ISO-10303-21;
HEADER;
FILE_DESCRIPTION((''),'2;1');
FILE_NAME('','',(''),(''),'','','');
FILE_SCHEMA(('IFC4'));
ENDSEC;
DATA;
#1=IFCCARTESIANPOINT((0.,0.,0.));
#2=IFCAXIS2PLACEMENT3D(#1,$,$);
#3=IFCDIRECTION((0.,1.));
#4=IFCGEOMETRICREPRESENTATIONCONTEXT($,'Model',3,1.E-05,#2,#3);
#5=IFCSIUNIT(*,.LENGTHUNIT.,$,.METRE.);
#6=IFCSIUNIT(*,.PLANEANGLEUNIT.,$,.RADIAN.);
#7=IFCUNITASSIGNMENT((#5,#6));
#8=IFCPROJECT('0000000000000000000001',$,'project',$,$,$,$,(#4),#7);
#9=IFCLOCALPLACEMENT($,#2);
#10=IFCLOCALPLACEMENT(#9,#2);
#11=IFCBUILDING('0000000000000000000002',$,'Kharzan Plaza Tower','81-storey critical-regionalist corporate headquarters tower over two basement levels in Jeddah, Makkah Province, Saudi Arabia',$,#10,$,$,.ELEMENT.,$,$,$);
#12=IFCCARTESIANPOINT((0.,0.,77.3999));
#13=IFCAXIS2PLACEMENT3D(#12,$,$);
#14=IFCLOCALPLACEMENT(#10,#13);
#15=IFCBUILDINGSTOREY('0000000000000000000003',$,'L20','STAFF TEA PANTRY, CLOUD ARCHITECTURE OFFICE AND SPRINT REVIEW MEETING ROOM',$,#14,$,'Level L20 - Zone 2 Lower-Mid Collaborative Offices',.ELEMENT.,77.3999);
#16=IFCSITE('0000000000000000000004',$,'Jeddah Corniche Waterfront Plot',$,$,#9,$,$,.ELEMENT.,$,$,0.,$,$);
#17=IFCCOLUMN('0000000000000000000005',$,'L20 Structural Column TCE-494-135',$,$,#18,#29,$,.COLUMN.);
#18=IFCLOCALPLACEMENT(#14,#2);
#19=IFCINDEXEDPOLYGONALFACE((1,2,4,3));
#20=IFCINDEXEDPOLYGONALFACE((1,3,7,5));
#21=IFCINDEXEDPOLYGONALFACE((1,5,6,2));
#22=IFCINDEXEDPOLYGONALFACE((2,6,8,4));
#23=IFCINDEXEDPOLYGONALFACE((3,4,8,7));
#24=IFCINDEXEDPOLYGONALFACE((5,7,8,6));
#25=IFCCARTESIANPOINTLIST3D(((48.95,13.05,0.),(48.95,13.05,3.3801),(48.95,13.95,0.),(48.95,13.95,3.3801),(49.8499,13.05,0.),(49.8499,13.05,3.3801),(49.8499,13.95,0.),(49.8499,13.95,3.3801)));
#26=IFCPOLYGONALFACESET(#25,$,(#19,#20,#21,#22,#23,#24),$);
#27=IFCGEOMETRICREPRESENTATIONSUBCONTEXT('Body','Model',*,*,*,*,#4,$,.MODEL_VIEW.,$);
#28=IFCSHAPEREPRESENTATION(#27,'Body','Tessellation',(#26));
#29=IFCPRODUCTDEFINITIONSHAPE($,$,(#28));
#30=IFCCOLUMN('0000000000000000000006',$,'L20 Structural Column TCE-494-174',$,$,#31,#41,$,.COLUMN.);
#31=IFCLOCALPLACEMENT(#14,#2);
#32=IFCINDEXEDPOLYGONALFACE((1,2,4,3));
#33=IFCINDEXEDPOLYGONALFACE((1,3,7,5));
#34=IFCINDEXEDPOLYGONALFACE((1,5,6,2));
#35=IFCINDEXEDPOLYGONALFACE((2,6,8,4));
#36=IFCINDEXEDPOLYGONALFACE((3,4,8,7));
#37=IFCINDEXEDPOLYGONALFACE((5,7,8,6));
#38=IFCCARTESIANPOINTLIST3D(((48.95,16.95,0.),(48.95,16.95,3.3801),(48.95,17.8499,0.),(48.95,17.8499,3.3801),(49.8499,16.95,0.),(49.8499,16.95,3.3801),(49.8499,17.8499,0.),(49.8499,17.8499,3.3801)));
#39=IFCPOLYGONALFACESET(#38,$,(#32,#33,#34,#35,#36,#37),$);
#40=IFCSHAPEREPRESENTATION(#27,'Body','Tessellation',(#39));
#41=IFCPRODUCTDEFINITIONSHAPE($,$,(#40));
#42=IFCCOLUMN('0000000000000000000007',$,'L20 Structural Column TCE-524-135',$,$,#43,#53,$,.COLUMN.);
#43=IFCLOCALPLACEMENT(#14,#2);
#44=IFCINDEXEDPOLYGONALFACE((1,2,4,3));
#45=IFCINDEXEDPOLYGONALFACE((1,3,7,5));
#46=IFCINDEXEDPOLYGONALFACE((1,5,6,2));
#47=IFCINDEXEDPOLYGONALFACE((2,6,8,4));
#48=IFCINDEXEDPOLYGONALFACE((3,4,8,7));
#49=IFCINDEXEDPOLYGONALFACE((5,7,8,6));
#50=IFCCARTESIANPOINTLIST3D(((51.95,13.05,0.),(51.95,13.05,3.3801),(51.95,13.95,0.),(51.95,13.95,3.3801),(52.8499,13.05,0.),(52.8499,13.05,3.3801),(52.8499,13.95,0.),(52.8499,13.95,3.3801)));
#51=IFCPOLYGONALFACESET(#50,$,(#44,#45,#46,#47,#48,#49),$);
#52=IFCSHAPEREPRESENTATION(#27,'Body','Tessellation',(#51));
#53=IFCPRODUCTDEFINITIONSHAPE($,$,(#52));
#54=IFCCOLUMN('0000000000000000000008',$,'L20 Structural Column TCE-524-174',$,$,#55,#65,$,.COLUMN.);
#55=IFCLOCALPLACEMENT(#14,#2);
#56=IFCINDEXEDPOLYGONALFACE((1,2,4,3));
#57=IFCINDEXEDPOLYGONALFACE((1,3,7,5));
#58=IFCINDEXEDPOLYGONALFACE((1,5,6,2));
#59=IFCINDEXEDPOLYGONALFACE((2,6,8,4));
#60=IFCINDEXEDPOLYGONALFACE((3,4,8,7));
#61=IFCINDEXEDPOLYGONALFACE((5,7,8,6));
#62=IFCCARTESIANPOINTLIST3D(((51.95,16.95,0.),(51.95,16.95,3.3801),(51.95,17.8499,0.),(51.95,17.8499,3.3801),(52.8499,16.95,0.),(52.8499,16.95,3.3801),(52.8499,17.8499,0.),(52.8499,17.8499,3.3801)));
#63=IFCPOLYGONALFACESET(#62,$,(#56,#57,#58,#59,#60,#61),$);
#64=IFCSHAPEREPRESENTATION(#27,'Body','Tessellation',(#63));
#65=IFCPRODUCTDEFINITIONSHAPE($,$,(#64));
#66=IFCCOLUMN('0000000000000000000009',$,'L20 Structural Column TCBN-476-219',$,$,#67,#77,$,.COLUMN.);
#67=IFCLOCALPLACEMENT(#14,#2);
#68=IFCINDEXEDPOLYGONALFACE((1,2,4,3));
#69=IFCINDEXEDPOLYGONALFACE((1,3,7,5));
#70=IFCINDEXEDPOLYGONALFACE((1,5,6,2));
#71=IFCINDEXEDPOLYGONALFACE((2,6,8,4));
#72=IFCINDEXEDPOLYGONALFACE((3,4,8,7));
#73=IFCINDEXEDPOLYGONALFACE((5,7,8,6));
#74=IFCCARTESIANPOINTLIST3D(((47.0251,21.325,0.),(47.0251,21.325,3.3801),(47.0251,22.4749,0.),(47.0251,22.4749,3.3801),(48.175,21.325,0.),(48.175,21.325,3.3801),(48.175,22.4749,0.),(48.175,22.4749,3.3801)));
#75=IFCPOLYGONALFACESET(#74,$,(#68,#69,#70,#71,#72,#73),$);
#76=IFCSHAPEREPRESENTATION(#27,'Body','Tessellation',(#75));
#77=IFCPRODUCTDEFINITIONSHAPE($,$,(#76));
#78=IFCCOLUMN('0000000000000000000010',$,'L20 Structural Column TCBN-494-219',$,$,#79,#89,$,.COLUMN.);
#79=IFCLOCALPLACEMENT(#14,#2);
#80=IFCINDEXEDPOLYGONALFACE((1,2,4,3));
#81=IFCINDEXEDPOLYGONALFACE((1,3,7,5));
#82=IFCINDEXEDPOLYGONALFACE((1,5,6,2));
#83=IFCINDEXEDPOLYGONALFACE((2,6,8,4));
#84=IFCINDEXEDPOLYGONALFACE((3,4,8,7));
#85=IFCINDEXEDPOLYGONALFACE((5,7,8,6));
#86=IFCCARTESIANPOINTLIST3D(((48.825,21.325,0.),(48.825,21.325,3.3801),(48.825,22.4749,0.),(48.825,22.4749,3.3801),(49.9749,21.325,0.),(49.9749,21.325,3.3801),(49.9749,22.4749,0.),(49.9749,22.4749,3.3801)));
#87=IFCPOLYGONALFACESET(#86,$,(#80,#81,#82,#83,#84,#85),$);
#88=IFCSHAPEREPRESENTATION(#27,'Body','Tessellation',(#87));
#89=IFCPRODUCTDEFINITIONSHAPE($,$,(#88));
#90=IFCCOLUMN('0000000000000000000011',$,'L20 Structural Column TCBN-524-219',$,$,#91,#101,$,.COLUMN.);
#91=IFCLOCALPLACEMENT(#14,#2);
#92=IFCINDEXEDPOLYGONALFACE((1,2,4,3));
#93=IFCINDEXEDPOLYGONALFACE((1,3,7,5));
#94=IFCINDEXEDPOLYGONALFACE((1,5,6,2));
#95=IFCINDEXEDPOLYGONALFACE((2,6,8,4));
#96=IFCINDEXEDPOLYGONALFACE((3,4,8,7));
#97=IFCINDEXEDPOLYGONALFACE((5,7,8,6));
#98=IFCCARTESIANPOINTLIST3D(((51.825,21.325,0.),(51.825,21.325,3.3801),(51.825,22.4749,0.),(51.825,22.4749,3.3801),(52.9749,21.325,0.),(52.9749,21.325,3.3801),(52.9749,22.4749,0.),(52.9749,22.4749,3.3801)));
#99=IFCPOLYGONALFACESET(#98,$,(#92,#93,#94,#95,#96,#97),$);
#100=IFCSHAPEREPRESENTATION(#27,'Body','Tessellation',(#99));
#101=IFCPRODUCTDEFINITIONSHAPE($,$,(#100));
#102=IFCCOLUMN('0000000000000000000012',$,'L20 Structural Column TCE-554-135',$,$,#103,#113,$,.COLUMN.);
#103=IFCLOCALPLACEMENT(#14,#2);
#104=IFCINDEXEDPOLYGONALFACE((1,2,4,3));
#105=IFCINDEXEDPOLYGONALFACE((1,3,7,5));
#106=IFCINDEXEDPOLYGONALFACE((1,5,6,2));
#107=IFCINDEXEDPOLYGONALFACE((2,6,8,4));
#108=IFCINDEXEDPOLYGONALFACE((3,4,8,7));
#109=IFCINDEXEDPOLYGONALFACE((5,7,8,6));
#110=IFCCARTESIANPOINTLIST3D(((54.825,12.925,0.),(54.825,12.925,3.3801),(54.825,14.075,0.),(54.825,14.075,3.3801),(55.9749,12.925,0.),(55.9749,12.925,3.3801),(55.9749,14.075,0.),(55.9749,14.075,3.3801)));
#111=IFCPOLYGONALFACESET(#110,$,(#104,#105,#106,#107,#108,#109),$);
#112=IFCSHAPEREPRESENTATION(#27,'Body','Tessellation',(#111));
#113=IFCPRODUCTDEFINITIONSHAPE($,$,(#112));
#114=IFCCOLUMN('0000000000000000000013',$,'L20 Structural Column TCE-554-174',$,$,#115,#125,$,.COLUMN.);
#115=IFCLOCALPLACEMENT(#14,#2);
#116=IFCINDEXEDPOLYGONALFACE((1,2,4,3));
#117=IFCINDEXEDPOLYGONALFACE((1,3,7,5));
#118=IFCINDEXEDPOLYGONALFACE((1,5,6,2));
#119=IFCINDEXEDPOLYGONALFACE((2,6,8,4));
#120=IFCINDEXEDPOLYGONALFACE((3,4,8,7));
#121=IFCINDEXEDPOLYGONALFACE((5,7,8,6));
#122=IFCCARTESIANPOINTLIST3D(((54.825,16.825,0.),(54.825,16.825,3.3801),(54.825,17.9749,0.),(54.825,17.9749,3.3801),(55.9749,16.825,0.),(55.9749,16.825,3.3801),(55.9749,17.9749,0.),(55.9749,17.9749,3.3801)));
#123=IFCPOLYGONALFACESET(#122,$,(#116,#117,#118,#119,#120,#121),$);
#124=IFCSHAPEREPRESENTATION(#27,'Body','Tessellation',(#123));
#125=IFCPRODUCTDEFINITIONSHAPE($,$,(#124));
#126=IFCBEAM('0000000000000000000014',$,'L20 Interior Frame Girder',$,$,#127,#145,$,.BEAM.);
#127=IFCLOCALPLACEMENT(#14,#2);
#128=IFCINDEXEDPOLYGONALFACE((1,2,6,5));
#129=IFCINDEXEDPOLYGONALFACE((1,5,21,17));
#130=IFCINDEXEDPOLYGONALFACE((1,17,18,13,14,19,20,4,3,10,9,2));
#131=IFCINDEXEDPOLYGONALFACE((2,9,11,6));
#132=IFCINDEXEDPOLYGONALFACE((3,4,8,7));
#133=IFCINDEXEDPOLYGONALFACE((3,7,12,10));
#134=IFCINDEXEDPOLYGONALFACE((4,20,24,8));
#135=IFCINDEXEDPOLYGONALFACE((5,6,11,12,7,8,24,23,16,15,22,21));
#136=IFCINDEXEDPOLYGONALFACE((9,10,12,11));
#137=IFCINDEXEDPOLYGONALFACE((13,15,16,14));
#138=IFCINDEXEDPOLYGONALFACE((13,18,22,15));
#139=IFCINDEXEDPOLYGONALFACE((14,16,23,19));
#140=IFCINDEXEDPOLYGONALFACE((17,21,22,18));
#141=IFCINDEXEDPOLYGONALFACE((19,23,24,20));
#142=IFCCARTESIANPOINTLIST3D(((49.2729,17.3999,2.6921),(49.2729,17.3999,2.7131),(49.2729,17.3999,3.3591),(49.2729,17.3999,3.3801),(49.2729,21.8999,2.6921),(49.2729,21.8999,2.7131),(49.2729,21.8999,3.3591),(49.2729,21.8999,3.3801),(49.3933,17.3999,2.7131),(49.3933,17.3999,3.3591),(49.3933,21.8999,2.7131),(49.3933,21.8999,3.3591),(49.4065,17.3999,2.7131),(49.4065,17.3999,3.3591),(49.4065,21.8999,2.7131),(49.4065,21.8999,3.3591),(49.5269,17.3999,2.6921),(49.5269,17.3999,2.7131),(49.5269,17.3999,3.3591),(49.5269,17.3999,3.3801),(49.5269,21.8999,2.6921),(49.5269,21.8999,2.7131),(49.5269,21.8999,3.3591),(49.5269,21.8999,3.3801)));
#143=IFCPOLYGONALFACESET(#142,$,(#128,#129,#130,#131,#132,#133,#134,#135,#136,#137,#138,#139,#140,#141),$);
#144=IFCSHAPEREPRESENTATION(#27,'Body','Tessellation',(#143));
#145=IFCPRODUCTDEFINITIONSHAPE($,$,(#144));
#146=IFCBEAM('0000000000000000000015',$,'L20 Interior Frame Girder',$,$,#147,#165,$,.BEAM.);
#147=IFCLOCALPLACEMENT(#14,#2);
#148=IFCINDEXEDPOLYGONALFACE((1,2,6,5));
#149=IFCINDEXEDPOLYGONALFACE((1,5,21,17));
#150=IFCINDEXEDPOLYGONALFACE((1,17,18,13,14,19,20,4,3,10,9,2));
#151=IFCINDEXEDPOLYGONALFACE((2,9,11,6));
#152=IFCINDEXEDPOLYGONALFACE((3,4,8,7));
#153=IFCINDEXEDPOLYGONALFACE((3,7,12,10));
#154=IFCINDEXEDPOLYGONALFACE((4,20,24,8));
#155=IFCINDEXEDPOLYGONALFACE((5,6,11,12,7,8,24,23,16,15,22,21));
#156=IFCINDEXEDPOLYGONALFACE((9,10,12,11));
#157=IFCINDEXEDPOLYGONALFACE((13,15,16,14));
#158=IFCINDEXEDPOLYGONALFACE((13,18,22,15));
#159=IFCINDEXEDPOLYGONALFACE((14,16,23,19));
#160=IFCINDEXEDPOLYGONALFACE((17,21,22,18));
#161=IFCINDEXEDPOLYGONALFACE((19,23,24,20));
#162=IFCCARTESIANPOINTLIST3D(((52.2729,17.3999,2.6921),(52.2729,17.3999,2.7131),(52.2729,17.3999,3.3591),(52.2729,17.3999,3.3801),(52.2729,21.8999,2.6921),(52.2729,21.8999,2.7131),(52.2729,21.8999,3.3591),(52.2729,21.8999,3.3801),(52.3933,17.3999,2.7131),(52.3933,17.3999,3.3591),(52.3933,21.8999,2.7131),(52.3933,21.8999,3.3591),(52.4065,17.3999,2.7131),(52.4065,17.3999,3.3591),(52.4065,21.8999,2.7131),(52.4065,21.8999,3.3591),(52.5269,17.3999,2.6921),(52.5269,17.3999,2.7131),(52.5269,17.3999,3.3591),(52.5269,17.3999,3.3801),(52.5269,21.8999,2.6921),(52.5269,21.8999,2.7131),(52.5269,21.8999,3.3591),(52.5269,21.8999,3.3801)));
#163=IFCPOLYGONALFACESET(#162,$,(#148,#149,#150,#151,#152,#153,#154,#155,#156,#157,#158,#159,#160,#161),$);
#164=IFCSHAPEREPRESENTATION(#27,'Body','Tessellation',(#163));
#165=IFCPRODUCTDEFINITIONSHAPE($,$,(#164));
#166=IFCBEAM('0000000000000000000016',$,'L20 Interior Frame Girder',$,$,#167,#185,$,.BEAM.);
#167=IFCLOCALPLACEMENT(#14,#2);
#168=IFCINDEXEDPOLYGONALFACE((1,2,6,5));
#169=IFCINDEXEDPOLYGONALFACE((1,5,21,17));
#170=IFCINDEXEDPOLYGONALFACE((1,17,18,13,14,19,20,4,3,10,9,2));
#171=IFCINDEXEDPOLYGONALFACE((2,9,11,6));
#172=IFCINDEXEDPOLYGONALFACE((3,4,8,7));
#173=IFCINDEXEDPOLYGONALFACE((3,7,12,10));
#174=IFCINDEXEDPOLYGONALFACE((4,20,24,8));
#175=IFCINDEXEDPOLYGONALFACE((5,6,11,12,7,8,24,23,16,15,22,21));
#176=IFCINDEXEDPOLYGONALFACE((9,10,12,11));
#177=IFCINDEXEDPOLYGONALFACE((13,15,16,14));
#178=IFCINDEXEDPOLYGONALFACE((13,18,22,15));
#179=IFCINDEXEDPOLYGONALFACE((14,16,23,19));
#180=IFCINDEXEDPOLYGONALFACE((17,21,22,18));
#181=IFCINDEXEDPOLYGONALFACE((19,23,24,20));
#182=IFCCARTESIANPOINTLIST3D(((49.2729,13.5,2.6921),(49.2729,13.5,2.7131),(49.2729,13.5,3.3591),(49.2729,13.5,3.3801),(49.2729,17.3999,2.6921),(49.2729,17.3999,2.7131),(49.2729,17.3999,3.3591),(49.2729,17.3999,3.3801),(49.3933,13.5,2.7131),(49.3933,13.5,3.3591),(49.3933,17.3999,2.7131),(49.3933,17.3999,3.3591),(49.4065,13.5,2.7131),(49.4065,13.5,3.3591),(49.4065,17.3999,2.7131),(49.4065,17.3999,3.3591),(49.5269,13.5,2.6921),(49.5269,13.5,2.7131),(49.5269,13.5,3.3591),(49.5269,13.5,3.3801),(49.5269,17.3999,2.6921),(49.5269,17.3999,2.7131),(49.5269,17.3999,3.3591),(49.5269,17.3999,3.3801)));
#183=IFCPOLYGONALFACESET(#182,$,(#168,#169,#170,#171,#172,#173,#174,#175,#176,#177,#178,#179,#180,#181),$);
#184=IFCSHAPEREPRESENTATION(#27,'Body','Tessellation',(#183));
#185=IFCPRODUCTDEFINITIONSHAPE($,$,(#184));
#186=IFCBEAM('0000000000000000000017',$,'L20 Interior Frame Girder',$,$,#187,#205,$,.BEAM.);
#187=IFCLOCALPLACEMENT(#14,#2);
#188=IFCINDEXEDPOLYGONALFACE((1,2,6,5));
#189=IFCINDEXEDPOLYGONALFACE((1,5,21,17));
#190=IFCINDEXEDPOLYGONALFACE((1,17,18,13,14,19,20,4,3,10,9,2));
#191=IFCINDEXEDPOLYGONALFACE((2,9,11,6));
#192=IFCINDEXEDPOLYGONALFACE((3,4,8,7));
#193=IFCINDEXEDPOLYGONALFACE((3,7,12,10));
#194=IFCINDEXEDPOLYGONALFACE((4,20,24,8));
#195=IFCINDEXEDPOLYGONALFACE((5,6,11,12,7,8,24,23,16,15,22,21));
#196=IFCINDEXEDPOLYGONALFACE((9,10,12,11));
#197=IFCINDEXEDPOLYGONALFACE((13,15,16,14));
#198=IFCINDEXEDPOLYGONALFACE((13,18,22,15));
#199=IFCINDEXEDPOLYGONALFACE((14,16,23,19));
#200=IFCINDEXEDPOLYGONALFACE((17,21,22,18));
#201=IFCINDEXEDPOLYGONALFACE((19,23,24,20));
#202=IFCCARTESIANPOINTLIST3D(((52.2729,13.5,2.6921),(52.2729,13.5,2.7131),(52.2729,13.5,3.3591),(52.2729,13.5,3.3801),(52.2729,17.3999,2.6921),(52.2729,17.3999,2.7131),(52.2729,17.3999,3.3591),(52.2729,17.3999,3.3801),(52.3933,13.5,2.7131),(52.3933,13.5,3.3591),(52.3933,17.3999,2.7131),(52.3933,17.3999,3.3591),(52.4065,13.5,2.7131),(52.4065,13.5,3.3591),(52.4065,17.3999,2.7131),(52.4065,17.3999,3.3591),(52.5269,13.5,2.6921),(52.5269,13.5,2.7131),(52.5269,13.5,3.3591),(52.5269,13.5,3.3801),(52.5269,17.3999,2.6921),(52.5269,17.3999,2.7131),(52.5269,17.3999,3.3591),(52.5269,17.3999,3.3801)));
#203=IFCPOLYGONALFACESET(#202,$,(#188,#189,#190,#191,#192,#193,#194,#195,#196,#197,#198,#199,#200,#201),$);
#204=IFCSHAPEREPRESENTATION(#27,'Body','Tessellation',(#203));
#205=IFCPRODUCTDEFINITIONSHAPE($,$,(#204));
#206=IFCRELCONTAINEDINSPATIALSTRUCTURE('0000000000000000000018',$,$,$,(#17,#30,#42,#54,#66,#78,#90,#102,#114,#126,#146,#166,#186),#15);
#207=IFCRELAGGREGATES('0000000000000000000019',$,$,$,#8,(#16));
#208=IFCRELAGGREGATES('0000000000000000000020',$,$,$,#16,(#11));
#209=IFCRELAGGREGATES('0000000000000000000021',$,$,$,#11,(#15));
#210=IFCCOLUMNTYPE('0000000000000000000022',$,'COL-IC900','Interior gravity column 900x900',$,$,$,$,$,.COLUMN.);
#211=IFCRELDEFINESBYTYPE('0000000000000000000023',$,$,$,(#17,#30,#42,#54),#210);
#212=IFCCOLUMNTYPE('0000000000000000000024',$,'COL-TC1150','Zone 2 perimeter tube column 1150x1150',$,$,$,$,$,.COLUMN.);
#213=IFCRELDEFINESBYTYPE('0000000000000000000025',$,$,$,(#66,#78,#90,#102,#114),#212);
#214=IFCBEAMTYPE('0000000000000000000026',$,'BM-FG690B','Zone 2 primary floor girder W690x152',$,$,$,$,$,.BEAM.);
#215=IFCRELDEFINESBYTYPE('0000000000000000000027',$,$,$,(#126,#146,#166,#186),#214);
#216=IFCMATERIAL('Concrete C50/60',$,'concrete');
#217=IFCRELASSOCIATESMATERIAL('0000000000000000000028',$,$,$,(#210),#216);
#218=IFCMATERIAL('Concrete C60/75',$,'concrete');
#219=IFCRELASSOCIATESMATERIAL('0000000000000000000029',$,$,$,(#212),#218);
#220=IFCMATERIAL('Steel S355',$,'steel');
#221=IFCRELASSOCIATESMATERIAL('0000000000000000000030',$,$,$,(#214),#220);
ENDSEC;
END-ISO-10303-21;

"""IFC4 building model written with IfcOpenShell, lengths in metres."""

from ifc_helpers import new_model, si_unit, direction, frame, origin, origin_2d, place, context, subcontext, project, spatial, rectangle, i_section, extrude, source, transform, mapped, material, material_profile, profile_set, type_object, element, save


model = new_model("IFC4")

# Units and contexts
model_context = context("Model", 3, precision=1e-05, world=origin(), true_north=direction((0.0, 1.0)))
body_context = subcontext(model_context, "Body", "Model", "MODEL_VIEW")
ifc_project = project(units=[si_unit("LENGTHUNIT", "METRE"), si_unit("PLANEANGLEUNIT", "RADIAN")], contexts=[model_context])

# Site, building, storey
site_placement = place(None, origin())
site = spatial("IfcSite", under=ifc_project, at=site_placement, Name="Jeddah Corniche Waterfront Plot", CompositionType="ELEMENT", RefElevation=0.0)
building_placement = place(site_placement, origin())
building = spatial("IfcBuilding", under=site, at=building_placement, Name="Kharzan Plaza Tower", Description="81-storey critical-regionalist corporate headquarters tower over two basement levels in Jeddah, Makkah Province, Saudi Arabia", CompositionType="ELEMENT")
storey_placement = place(building_placement, frame((0.0, 0.0, 77.3999)))
storey = spatial("IfcBuildingStorey", under=building, at=storey_placement, Name="L20", Description="STAFF TEA PANTRY, CLOUD ARCHITECTURE OFFICE AND SPRINT REVIEW MEETING ROOM", LongName="Level L20 - Zone 2 Lower-Mid Collaborative Offices", CompositionType="ELEMENT", Elevation=77.3999)

# Columns
ifc_material_1 = material(Name="Concrete C50/60", Category="concrete")
ifc_material_profile_1 = material_profile(ifc_material_1, rectangle(XDim=0.8999, YDim=0.8999, at=origin_2d()), Name="RC-IC900x900")
ifc_profile_set_1 = profile_set([ifc_material_profile_1], Name="Concrete C50/60")
column_type_1 = type_object("IfcColumnType", Name="COL-IC900", Description="Interior gravity column 900x900", PredefinedType="COLUMN", material=ifc_profile_set_1)
shared_shape_1 = source(origin(), body_context, "Body", "SweptSolid", [
    extrude(rectangle(XDim=0.8999, YDim=0.8999, at=origin_2d()), origin(), (0.0, 0.0, 1.0), 3.3801),
])
for number, where, z_axis, x_axis, name in (
    (1, (49.3999, 13.5, 0.0), (0.0, 0.0, 1.0), (1.0, 0.0, 0.0), "L20 Structural Column TCE-494-135"),
    (2, (49.3999, 17.3999, 0.0), (0.0, 0.0, 1.0), (1.0, 0.0, 0.0), "L20 Structural Column TCE-494-174"),
    (3, (52.3999, 13.5, 0.0), (0.0, 0.0, 1.0), (1.0, 0.0, 0.0), "L20 Structural Column TCE-524-135"),
    (4, (52.3999, 17.3999, 0.0), (0.0, 0.0, 1.0), (1.0, 0.0, 0.0), "L20 Structural Column TCE-524-174"),
):
    element("IfcColumn", number, at=place(storey_placement, frame(where, z_axis=z_axis, x_axis=x_axis)), inside=storey, type_object=column_type_1, Name=name, PredefinedType="COLUMN", context=body_context, shape_type="MappedRepresentation", body=[
        mapped(shared_shape_1, transform((0.0, 0.0, 0.0), x_axis=(1.0, 0.0, 0.0), y_axis=(0.0, 1.0, 0.0), z_axis=(0.0, 0.0, 1.0))),
    ])
ifc_material_2 = material(Name="Concrete C60/75", Category="concrete")
ifc_material_profile_2 = material_profile(ifc_material_2, rectangle(XDim=1.1499, YDim=1.1499, at=origin_2d()), Name="RC-TC1150x1150")
ifc_profile_set_2 = profile_set([ifc_material_profile_2], Name="Concrete C60/75")
column_type_2 = type_object("IfcColumnType", Name="COL-TC1150", Description="Zone 2 perimeter tube column 1150x1150", PredefinedType="COLUMN", material=ifc_profile_set_2)
shared_shape_2 = source(origin(), body_context, "Body", "SweptSolid", [
    extrude(rectangle(XDim=1.1499, YDim=1.1499, at=origin_2d()), origin(), (0.0, 0.0, 1.0), 3.3801),
])
for number, where, z_axis, x_axis, name in (
    (5, (47.6001, 21.8999, 0.0), (0.0, 0.0, 1.0), (1.0, 0.0, 0.0), "L20 Structural Column TCBN-476-219"),
    (6, (49.3999, 21.8999, 0.0), (0.0, 0.0, 1.0), (1.0, 0.0, 0.0), "L20 Structural Column TCBN-494-219"),
    (7, (52.3999, 21.8999, 0.0), (0.0, 0.0, 1.0), (1.0, 0.0, 0.0), "L20 Structural Column TCBN-524-219"),
    (8, (55.3999, 13.5, 0.0), (0.0, 0.0, 1.0), (1.0, 0.0, 0.0), "L20 Structural Column TCE-554-135"),
    (9, (55.3999, 17.3999, 0.0), (0.0, 0.0, 1.0), (1.0, 0.0, 0.0), "L20 Structural Column TCE-554-174"),
):
    element("IfcColumn", number, at=place(storey_placement, frame(where, z_axis=z_axis, x_axis=x_axis)), inside=storey, type_object=column_type_2, Name=name, PredefinedType="COLUMN", context=body_context, shape_type="MappedRepresentation", body=[
        mapped(shared_shape_2, transform((0.0, 0.0, 0.0), x_axis=(1.0, 0.0, 0.0), y_axis=(0.0, 1.0, 0.0), z_axis=(0.0, 0.0, 1.0))),
    ])

# Beams
ifc_material_3 = material(Name="Steel S355", Category="steel")
ifc_material_profile_3 = material_profile(ifc_material_3, i_section(OverallWidth=0.2539, OverallDepth=0.688, WebThickness=0.0132, FlangeThickness=0.021, at=origin_2d()), Name="W690x152")
ifc_profile_set_3 = profile_set([ifc_material_profile_3], Name="Steel S355")
beam_type_1 = type_object("IfcBeamType", Name="BM-FG690B", Description="Zone 2 primary floor girder W690x152", PredefinedType="BEAM", material=ifc_profile_set_3)
shared_shape_3 = source(origin(), body_context, "Body", "SweptSolid", [
    extrude(i_section(OverallWidth=0.2539, OverallDepth=0.688, WebThickness=0.0132, FlangeThickness=0.021, at=origin_2d()), origin(), (0.0, 0.0, 1.0), 4.5),
])
for number, where, z_axis, x_axis, name in (
    (10, (49.3999, 17.3999, 3.0361), (0.0, 1.0, 0.0), (-1.0, 0.0, 0.0), "L20 Interior Frame Girder"),
    (11, (52.3999, 17.3999, 3.0361), (0.0, 1.0, 0.0), (-1.0, 0.0, 0.0), "L20 Interior Frame Girder"),
):
    element("IfcBeam", number, at=place(storey_placement, frame(where, z_axis=z_axis, x_axis=x_axis)), inside=storey, type_object=beam_type_1, Name=name, PredefinedType="BEAM", context=body_context, shape_type="MappedRepresentation", body=[
        mapped(shared_shape_3, transform((0.0, 0.0, 0.0), x_axis=(1.0, 0.0, 0.0), y_axis=(0.0, 1.0, 0.0), z_axis=(0.0, 0.0, 1.0))),
    ])
shared_shape_4 = source(origin(), body_context, "Body", "SweptSolid", [
    extrude(i_section(OverallWidth=0.2539, OverallDepth=0.688, WebThickness=0.0132, FlangeThickness=0.021, at=origin_2d()), origin(), (0.0, 0.0, 1.0), 3.8999),
])
for number, where, z_axis, x_axis, name in (
    (12, (49.3999, 13.5, 3.0361), (0.0, 1.0, 0.0), (-1.0, 0.0, 0.0), "L20 Interior Frame Girder"),
    (13, (52.3999, 13.5, 3.0361), (0.0, 1.0, 0.0), (-1.0, 0.0, 0.0), "L20 Interior Frame Girder"),
):
    element("IfcBeam", number, at=place(storey_placement, frame(where, z_axis=z_axis, x_axis=x_axis)), inside=storey, type_object=beam_type_1, Name=name, PredefinedType="BEAM", context=body_context, shape_type="MappedRepresentation", body=[
        mapped(shared_shape_4, transform((0.0, 0.0, 0.0), x_axis=(1.0, 0.0, 0.0), y_axis=(0.0, 1.0, 0.0), z_axis=(0.0, 0.0, 1.0))),
    ])

save(model, "model.ifc")
